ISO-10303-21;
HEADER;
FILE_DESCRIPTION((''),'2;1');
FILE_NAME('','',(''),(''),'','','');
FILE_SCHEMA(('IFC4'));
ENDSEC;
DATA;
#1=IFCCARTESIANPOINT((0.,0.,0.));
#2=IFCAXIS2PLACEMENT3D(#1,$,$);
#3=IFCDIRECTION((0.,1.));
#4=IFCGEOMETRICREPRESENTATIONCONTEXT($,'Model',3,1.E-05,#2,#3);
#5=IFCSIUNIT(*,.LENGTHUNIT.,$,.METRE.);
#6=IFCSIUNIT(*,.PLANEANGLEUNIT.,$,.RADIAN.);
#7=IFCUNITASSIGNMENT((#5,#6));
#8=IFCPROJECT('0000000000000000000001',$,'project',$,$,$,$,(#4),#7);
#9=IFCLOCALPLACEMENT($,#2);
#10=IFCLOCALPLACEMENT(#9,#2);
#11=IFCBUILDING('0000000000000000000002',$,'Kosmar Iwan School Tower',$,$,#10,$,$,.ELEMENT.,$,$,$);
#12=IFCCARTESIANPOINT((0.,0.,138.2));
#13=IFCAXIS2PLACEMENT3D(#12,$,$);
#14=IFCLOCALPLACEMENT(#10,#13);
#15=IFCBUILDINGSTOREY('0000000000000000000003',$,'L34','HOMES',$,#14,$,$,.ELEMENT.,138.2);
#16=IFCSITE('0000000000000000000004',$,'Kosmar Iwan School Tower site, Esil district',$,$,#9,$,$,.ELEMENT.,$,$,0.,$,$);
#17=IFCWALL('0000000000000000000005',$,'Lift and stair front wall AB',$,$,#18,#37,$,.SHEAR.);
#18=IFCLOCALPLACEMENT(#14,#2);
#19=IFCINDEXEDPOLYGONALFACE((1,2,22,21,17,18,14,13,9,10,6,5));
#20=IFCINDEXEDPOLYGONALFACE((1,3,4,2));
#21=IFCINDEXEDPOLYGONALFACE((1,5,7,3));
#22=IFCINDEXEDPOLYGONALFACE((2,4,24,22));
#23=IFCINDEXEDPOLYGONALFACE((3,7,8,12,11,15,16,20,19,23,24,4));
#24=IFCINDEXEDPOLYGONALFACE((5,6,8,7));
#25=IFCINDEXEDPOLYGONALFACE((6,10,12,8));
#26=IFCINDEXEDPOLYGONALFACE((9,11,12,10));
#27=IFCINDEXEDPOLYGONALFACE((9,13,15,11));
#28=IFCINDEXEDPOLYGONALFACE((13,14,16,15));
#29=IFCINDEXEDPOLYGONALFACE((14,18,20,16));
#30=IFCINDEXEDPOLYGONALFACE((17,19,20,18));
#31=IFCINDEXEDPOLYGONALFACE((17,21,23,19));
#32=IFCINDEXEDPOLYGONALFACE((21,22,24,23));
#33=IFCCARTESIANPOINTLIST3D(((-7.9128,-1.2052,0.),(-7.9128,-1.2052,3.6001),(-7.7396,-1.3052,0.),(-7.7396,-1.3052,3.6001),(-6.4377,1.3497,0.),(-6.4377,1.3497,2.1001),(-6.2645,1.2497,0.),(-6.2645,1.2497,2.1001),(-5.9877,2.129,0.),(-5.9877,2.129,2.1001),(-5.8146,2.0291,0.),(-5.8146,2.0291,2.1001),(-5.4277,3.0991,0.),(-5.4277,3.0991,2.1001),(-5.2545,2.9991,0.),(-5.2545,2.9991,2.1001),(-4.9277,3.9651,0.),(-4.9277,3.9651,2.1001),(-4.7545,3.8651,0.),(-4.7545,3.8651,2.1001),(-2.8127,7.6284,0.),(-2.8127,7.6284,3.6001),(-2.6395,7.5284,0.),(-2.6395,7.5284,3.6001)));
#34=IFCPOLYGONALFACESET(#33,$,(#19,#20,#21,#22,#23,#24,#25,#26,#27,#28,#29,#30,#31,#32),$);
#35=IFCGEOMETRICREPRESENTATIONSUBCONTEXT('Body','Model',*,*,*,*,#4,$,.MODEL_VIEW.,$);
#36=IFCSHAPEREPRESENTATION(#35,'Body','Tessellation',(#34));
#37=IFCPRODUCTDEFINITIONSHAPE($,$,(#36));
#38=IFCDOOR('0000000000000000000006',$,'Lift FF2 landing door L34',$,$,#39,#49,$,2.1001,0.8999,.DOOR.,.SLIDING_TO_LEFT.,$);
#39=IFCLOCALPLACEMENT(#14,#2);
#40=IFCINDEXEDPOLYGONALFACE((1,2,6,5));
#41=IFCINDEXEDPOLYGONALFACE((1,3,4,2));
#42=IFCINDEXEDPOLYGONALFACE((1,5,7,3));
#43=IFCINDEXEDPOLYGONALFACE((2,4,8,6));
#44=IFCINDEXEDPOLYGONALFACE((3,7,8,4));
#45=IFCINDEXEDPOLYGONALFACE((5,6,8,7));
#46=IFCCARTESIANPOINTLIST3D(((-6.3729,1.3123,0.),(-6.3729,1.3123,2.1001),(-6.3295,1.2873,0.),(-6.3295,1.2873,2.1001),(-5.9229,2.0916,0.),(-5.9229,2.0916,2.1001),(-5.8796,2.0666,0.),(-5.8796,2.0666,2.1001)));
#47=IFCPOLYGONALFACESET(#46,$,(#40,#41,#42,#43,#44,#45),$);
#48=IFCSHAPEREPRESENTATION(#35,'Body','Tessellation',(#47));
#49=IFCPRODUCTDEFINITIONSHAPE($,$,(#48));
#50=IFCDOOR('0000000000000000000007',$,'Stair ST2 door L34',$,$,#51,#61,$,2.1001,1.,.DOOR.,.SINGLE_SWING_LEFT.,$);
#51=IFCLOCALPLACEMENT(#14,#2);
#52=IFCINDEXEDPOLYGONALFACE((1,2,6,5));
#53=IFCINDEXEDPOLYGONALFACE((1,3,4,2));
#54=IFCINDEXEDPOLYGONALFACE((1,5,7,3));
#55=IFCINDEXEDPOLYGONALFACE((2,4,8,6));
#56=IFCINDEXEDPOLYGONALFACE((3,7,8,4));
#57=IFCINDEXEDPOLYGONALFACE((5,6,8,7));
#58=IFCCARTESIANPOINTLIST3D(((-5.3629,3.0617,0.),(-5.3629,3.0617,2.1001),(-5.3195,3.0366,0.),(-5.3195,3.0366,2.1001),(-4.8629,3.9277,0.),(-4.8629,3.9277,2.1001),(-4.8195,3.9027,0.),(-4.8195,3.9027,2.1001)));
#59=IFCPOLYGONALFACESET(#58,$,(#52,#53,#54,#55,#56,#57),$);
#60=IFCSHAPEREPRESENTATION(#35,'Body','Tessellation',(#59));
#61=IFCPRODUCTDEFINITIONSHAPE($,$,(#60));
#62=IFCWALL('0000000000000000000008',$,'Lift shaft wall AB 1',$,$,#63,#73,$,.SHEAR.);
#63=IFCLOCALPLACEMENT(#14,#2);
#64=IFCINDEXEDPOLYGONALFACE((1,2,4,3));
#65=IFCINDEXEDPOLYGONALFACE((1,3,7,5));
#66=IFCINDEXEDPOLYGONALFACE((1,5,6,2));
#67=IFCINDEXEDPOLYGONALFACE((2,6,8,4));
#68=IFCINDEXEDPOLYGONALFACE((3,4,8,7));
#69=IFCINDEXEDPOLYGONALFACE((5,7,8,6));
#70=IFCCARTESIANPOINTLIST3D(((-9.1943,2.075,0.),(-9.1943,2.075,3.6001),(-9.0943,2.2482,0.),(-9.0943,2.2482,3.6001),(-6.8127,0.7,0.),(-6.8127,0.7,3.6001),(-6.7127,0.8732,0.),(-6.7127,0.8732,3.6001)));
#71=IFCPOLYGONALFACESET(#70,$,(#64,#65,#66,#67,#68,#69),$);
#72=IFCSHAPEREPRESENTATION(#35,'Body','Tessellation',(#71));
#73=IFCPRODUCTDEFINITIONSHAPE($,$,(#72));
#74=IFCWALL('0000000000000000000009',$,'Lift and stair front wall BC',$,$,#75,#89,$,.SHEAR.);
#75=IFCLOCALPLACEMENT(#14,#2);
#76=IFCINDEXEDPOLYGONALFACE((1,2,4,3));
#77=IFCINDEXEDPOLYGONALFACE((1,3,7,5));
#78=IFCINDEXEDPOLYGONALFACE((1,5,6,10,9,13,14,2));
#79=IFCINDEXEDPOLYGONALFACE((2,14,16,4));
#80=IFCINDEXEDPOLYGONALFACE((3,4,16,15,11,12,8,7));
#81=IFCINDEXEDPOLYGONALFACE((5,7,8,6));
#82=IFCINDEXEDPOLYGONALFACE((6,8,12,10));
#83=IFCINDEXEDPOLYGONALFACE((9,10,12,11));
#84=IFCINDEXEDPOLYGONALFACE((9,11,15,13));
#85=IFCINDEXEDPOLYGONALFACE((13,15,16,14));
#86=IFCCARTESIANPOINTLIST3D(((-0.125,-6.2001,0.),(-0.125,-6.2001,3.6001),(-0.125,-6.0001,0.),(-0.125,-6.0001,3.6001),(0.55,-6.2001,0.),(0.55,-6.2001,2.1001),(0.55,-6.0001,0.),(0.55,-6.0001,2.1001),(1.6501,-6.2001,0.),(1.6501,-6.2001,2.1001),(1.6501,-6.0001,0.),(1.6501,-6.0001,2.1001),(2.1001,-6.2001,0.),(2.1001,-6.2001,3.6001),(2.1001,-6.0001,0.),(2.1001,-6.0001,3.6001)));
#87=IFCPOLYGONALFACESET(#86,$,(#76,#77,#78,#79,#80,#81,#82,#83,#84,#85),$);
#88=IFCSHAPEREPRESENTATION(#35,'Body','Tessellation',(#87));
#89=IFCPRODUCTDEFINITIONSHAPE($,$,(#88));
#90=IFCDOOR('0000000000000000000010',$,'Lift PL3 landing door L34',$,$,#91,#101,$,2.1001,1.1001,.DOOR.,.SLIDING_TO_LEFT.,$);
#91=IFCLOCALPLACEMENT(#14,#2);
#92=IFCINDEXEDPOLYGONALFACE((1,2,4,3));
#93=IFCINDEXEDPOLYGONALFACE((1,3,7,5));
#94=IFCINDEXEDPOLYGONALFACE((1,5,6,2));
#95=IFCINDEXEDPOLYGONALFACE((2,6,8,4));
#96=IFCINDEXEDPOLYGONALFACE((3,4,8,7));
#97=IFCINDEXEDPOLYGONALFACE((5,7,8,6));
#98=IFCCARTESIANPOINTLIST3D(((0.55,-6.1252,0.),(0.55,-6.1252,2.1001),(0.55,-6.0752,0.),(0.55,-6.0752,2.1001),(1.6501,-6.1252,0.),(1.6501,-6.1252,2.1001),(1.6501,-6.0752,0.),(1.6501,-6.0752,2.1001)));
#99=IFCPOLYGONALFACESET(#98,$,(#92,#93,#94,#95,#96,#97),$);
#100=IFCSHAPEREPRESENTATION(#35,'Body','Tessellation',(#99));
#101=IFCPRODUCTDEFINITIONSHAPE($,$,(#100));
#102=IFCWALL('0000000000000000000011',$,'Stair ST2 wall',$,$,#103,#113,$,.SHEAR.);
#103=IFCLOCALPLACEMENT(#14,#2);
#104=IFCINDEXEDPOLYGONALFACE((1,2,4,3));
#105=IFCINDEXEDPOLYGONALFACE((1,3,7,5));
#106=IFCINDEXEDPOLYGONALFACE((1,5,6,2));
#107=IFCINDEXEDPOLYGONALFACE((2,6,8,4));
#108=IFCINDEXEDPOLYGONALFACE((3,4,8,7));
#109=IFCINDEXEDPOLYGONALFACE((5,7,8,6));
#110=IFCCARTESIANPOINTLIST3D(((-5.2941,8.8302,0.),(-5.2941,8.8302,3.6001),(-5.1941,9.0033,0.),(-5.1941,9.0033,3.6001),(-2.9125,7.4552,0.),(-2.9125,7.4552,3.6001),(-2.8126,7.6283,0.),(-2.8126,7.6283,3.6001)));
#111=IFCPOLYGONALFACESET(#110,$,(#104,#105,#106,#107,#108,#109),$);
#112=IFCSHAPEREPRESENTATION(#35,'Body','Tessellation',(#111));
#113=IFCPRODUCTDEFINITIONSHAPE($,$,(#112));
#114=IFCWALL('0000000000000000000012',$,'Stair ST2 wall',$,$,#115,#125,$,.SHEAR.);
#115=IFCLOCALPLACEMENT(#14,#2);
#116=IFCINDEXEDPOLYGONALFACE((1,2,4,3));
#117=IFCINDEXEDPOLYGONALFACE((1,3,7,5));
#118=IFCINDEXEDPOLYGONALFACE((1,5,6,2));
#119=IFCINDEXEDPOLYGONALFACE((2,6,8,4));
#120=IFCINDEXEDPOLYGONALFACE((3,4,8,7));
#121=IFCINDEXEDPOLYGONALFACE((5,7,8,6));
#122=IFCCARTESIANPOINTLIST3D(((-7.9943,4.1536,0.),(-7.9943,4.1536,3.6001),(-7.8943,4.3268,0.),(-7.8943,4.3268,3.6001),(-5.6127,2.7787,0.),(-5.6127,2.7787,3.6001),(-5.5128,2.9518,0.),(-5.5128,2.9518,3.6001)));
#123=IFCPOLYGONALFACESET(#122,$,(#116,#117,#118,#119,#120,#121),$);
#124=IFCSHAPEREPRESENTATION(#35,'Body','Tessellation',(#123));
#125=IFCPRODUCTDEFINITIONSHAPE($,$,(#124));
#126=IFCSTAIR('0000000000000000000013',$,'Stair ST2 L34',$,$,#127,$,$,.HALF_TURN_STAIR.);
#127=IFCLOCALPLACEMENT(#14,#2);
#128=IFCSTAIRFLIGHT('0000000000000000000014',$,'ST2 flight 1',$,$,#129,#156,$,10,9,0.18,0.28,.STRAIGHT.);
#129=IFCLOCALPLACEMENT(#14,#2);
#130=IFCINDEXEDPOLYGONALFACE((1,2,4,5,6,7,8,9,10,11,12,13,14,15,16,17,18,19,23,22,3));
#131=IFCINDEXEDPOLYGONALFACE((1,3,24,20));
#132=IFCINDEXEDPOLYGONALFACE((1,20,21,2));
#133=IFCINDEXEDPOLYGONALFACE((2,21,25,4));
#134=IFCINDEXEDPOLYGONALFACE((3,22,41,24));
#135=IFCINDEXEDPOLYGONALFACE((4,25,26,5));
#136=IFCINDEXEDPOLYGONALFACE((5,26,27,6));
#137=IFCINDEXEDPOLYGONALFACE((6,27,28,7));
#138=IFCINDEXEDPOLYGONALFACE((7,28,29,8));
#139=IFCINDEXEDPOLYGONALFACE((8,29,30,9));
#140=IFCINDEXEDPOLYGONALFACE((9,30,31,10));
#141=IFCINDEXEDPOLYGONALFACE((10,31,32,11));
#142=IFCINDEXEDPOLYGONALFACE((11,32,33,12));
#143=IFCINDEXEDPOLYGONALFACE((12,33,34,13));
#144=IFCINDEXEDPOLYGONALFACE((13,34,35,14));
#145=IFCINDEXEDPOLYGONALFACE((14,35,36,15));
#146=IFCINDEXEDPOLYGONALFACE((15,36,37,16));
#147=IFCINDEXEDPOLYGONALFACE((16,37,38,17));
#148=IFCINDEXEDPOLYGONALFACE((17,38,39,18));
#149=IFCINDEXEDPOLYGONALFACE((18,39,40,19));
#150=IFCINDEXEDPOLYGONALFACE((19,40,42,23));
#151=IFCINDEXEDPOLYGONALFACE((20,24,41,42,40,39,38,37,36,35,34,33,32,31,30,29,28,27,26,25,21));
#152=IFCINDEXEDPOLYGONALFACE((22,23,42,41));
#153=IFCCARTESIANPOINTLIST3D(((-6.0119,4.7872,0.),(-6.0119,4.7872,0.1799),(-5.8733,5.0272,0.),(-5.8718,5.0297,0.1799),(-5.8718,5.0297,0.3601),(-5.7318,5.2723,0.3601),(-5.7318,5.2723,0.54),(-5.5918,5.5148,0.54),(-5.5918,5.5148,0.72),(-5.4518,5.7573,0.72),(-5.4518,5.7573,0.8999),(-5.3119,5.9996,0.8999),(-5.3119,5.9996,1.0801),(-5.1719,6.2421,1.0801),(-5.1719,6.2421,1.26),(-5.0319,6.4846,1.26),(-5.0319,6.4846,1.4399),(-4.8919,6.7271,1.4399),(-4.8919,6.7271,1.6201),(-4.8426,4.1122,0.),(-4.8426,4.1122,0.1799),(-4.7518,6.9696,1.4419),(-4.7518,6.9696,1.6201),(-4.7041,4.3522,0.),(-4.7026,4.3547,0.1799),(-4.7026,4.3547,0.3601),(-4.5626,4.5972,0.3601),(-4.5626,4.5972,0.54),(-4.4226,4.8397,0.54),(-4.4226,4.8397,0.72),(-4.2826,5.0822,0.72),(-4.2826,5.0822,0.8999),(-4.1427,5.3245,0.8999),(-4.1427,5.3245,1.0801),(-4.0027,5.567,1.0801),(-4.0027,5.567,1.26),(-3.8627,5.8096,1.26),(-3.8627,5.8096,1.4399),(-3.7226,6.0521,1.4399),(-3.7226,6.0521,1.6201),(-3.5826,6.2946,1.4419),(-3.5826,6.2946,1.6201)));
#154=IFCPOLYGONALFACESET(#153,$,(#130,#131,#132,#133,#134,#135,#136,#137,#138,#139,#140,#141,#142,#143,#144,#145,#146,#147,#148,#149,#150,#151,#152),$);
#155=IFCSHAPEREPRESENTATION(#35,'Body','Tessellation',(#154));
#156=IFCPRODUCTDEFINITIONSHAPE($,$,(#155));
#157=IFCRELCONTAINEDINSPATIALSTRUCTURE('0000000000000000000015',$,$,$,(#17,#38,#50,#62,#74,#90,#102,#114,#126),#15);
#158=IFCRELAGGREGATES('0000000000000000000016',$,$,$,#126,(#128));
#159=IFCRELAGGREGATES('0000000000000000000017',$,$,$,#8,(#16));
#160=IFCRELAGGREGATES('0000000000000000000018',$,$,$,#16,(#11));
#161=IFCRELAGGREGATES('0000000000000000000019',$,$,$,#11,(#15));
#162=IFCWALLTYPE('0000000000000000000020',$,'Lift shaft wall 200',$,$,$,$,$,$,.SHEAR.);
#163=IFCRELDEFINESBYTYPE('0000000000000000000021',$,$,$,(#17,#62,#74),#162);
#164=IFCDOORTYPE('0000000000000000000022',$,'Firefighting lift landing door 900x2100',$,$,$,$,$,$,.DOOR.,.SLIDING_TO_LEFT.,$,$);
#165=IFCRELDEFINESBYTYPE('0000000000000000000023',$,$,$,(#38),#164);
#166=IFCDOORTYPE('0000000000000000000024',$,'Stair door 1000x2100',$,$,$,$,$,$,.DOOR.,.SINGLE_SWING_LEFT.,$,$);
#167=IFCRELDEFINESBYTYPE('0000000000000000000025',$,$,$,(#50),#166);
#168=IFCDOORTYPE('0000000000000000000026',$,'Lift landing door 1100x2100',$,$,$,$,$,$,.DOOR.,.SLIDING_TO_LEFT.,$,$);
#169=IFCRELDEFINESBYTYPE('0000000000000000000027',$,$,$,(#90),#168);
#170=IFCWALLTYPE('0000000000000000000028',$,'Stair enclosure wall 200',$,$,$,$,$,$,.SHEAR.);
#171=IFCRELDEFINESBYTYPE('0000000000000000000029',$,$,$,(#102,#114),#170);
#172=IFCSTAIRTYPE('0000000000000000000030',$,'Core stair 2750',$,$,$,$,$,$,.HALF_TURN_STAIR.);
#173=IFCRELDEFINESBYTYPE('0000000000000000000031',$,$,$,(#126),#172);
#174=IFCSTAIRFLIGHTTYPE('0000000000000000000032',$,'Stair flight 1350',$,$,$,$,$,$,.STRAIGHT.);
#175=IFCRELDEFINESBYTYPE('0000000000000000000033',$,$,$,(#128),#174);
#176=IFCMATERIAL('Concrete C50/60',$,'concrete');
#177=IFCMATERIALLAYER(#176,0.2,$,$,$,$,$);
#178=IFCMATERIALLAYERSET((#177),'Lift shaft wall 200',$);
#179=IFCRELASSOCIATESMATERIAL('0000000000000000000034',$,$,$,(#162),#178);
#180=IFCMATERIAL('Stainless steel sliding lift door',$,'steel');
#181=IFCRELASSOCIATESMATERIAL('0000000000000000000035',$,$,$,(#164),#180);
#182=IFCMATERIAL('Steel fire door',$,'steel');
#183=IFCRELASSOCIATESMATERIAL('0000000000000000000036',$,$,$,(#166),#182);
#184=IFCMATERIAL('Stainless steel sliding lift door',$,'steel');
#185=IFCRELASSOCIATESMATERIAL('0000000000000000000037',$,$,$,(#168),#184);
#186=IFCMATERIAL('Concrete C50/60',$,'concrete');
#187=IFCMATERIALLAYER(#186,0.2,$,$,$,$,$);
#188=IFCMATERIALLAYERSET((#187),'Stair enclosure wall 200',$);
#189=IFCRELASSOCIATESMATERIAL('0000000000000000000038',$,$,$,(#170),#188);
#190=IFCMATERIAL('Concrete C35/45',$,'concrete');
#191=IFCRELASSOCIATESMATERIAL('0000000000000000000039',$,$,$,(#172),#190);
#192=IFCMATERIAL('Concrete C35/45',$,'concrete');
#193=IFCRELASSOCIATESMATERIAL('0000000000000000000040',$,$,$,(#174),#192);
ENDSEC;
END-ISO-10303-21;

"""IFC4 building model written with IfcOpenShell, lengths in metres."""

from ifc_helpers import new_model, si_unit, direction, frame, frame_2d, origin, place, context, subcontext, project, spatial, polyline, rectangle, outline, extrude, material, layer, layer_set, type_object, element, fill, aggregate, save


model = new_model("IFC4")

# Units and contexts
model_context = context("Model", 3, precision=1e-05, world=origin(), true_north=direction((0.0, 1.0)))
body_context = subcontext(model_context, "Body", "Model", "MODEL_VIEW")
ifc_project = project(units=[si_unit("LENGTHUNIT", "METRE"), si_unit("PLANEANGLEUNIT", "RADIAN")], contexts=[model_context])

# Site, building, storey
site_placement = place(None, origin())
site = spatial("IfcSite", under=ifc_project, at=site_placement, Name="Kosmar Iwan School Tower site, Esil district", CompositionType="ELEMENT", RefElevation=0.0)
building_placement = place(site_placement, origin())
building = spatial("IfcBuilding", under=site, at=building_placement, Name="Kosmar Iwan School Tower", CompositionType="ELEMENT")
storey_placement = place(building_placement, frame((0.0, 0.0, 138.2)))
storey = spatial("IfcBuildingStorey", under=building, at=storey_placement, Name="L34", Description="HOMES", CompositionType="ELEMENT", Elevation=138.2)

# Wall, openings, doors
ifc_material_1 = material(Name="Concrete C50/60", Category="concrete")
ifc_layer_1 = layer(ifc_material_1, 0.2)
ifc_layer_set_1 = layer_set([ifc_layer_1], Name="Lift shaft wall 200")
wall_type_1 = type_object("IfcWallType", Name="Lift shaft wall 200", PredefinedType="SHEAR", material=ifc_layer_set_1)
wall_1_placement = place(storey_placement, frame((-2.7261, 7.5784, 0.0), z_axis=(0.0, 0.0, 1.0), x_axis=(-0.500006, -0.866022, 0.0)))
wall_1 = element("IfcWall", 1, at=wall_1_placement, inside=storey, type_object=wall_type_1, Name="Lift and stair front wall AB", PredefinedType="SHEAR", context=body_context, shape_type="SweptSolid", body=[
    extrude(rectangle(XDim=10.2002, YDim=0.2, at=frame_2d((5.1001, 0.0))), origin(), (0.0, 0.0, 1.0), 3.6001),
])
opening_1_placement = place(wall_1_placement, frame((6.3501, 0.0, 0.0)))
opening_1 = element("IfcOpeningElement", 2, at=opening_1_placement, cuts=wall_1, PredefinedType="OPENING", context=body_context, shape_type="SweptSolid", body=[
    extrude(rectangle(XDim=0.8999, YDim=2.1001, at=frame_2d((0.45, 1.05))), frame((0.0, 0.1121, 0.0), z_axis=(0.0, -1.0, 0.0), x_axis=(1.0, 0.0, 0.0)), (0.0, 0.0, 1.0), 0.2239),
])
opening_2_placement = place(wall_1_placement, frame((4.23, 0.0, 0.0)))
opening_2 = element("IfcOpeningElement", 3, at=opening_2_placement, cuts=wall_1, PredefinedType="OPENING", context=body_context, shape_type="SweptSolid", body=[
    extrude(rectangle(XDim=1.0, YDim=2.1001, at=frame_2d((0.5, 1.05))), frame((0.0, 0.1121, 0.0), z_axis=(0.0, -1.0, 0.0), x_axis=(1.0, 0.0, 0.0)), (0.0, 0.0, 1.0), 0.2239),
])
ifc_material_2 = material(Name="Stainless steel sliding lift door", Category="steel")
door_type_1 = type_object("IfcDoorType", Name="Firefighting lift landing door 900x2100", OperationType="SLIDING_TO_LEFT", PredefinedType="DOOR", material=ifc_material_2)
door_1_placement = place(opening_1_placement, origin())
door_1 = element("IfcDoor", 4, at=door_1_placement, inside=storey, type_object=door_type_1, Name="Lift FF2 landing door L34", OperationType="SLIDING_TO_LEFT", OverallHeight=2.1001, OverallWidth=0.8999, PredefinedType="DOOR", context=body_context, shape_type="SweptSolid", body=[
    extrude(rectangle(XDim=0.8999, YDim=2.1001, at=frame_2d((0.45, 1.05))), frame((0.0, 0.0249, 0.0), z_axis=(0.0, -1.0, 0.0), x_axis=(1.0, 0.0, 0.0)), (0.0, 0.0, 1.0), 0.05),
])
fill(opening_1, door_1)
ifc_material_3 = material(Name="Steel fire door", Category="steel")
door_type_2 = type_object("IfcDoorType", Name="Stair door 1000x2100", OperationType="SINGLE_SWING_LEFT", PredefinedType="DOOR", material=ifc_material_3)
door_2_placement = place(opening_2_placement, origin())
door_2 = element("IfcDoor", 5, at=door_2_placement, inside=storey, type_object=door_type_2, Name="Stair ST2 door L34", OperationType="SINGLE_SWING_LEFT", OverallHeight=2.1001, OverallWidth=1.0, PredefinedType="DOOR", context=body_context, shape_type="SweptSolid", body=[
    extrude(rectangle(XDim=1.0, YDim=2.1001, at=frame_2d((0.5, 1.05))), frame((0.0, 0.0249, 0.0), z_axis=(0.0, -1.0, 0.0), x_axis=(1.0, 0.0, 0.0)), (0.0, 0.0, 1.0), 0.05),
])
fill(opening_2, door_2)

# Wall
wall_2_placement = place(storey_placement, frame((-6.7627, 0.7866, 0.0), z_axis=(0.0, 0.0, 1.0), x_axis=(-0.866027, 0.499997, 0.0)))
element("IfcWall", 6, at=wall_2_placement, inside=storey, type_object=wall_type_1, Name="Lift shaft wall AB 1", PredefinedType="SHEAR", context=body_context, shape_type="SweptSolid", body=[
    extrude(rectangle(XDim=2.75, YDim=0.2, at=frame_2d((1.375, 0.0))), origin(), (0.0, 0.0, 1.0), 3.6001),
])

# Wall, opening, door
wall_3_placement = place(storey_placement, frame((-0.125, -6.1001, 0.0), z_axis=(0.0, 0.0, 1.0), x_axis=(1.0, 0.0, 0.0)))
wall_3 = element("IfcWall", 7, at=wall_3_placement, inside=storey, type_object=wall_type_1, Name="Lift and stair front wall BC", PredefinedType="SHEAR", context=body_context, shape_type="SweptSolid", body=[
    extrude(rectangle(XDim=2.2251, YDim=0.2, at=frame_2d((1.1125, 0.0))), origin(), (0.0, 0.0, 1.0), 3.6001),
])
opening_3_placement = place(wall_3_placement, frame((0.675, 0.0, 0.0)))
opening_3 = element("IfcOpeningElement", 8, at=opening_3_placement, cuts=wall_3, PredefinedType="OPENING", context=body_context, shape_type="SweptSolid", body=[
    extrude(rectangle(XDim=1.1001, YDim=2.1001, at=frame_2d((0.55, 1.05))), frame((0.0, 0.1121, 0.0), z_axis=(0.0, -1.0, 0.0), x_axis=(1.0, 0.0, 0.0)), (0.0, 0.0, 1.0), 0.2239),
])
ifc_material_4 = material(Name="Stainless steel sliding lift door", Category="steel")
door_type_3 = type_object("IfcDoorType", Name="Lift landing door 1100x2100", OperationType="SLIDING_TO_LEFT", PredefinedType="DOOR", material=ifc_material_4)
door_3_placement = place(opening_3_placement, origin())
door_3 = element("IfcDoor", 9, at=door_3_placement, inside=storey, type_object=door_type_3, Name="Lift PL3 landing door L34", OperationType="SLIDING_TO_LEFT", OverallHeight=2.1001, OverallWidth=1.1001, PredefinedType="DOOR", context=body_context, shape_type="SweptSolid", body=[
    extrude(rectangle(XDim=1.1001, YDim=2.1001, at=frame_2d((0.55, 1.05))), frame((0.0, 0.0249, 0.0), z_axis=(0.0, -1.0, 0.0), x_axis=(1.0, 0.0, 0.0)), (0.0, 0.0, 1.0), 0.05),
])
fill(opening_3, door_3)

# Walls
ifc_material_5 = material(Name="Concrete C50/60", Category="concrete")
ifc_layer_2 = layer(ifc_material_5, 0.2)
ifc_layer_set_2 = layer_set([ifc_layer_2], Name="Stair enclosure wall 200")
wall_type_2 = type_object("IfcWallType", Name="Stair enclosure wall 200", PredefinedType="SHEAR", material=ifc_layer_set_2)
for number, where, z_axis, x_axis, name in (
    (10, (-2.8625, 7.5417, 0.0), (0.0, 0.0, 1.0), (-0.866027, 0.499997, 0.0), "Stair ST2 wall"),
    (11, (-5.5627, 2.8652, 0.0), (0.0, 0.0, 1.0), (-0.866027, 0.499997, 0.0), "Stair ST2 wall"),
):
    element("IfcWall", number, at=place(storey_placement, frame(where, z_axis=z_axis, x_axis=x_axis)), inside=storey, type_object=wall_type_2, Name=name, PredefinedType="SHEAR", context=body_context, shape_type="SweptSolid", body=[
        extrude(rectangle(XDim=2.75, YDim=0.2, at=frame_2d((1.375, 0.0))), origin(), (0.0, 0.0, 1.0), 3.6001),
    ])

# Stair, stair flight
ifc_material_6 = material(Name="Concrete C35/45", Category="concrete")
stair_type = type_object("IfcStairType", Name="Core stair 2750", PredefinedType="HALF_TURN_STAIR", material=ifc_material_6)
stair_placement = place(storey_placement, origin())
stair = element("IfcStair", 12, at=stair_placement, inside=storey, type_object=stair_type, Name="Stair ST2 L34", PredefinedType="HALF_TURN_STAIR")
ifc_material_7 = material(Name="Concrete C35/45", Category="concrete")
stair_flight_type = type_object("IfcStairFlightType", Name="Stair flight 1350", PredefinedType="STRAIGHT", material=ifc_material_7)
stair_flight_1_placement = place(storey_placement, frame((-5.4272, 4.4497, 0.0), z_axis=(0.0, 0.0, 1.0), x_axis=(0.5, 0.866025, 0.0)))
stair_flight_1 = element("IfcStairFlight", 13, at=stair_flight_1_placement, type_object=stair_flight_type, Name="ST2 flight 1", NumberOfRisers=10, NumberOfTreads=9, PredefinedType="STRAIGHT", RiserHeight=0.18, TreadLength=0.28, context=body_context, shape_type="SweptSolid", body=[
    extrude(outline(polyline([(0.0, 0.0), (0.0, 0.1799), (0.28, 0.1799), (0.28, 0.3601), (0.5601, 0.3601), (0.5601, 0.54), (0.8401, 0.54), (0.8401, 0.72), (1.1201, 0.72), (1.1201, 0.8999), (1.3999, 0.8999), (1.3999, 1.0801), (1.6799, 1.0801), (1.6799, 1.26), (1.96, 1.26), (1.96, 1.4399), (2.24, 1.4399), (2.24, 1.6201), (2.52, 1.6201), (2.52, 1.8), (2.52, 1.4419), (0.2771, 0.0), (0.0, 0.0)])), frame((0.0, 0.675, 0.0), z_axis=(0.0, -1.0, 0.0), x_axis=(1.0, 0.0, 0.0)), (0.0, 0.0, 1.0), 1.3501),
])
aggregate(stair, [stair_flight_1])

save(model, "model.ifc")
